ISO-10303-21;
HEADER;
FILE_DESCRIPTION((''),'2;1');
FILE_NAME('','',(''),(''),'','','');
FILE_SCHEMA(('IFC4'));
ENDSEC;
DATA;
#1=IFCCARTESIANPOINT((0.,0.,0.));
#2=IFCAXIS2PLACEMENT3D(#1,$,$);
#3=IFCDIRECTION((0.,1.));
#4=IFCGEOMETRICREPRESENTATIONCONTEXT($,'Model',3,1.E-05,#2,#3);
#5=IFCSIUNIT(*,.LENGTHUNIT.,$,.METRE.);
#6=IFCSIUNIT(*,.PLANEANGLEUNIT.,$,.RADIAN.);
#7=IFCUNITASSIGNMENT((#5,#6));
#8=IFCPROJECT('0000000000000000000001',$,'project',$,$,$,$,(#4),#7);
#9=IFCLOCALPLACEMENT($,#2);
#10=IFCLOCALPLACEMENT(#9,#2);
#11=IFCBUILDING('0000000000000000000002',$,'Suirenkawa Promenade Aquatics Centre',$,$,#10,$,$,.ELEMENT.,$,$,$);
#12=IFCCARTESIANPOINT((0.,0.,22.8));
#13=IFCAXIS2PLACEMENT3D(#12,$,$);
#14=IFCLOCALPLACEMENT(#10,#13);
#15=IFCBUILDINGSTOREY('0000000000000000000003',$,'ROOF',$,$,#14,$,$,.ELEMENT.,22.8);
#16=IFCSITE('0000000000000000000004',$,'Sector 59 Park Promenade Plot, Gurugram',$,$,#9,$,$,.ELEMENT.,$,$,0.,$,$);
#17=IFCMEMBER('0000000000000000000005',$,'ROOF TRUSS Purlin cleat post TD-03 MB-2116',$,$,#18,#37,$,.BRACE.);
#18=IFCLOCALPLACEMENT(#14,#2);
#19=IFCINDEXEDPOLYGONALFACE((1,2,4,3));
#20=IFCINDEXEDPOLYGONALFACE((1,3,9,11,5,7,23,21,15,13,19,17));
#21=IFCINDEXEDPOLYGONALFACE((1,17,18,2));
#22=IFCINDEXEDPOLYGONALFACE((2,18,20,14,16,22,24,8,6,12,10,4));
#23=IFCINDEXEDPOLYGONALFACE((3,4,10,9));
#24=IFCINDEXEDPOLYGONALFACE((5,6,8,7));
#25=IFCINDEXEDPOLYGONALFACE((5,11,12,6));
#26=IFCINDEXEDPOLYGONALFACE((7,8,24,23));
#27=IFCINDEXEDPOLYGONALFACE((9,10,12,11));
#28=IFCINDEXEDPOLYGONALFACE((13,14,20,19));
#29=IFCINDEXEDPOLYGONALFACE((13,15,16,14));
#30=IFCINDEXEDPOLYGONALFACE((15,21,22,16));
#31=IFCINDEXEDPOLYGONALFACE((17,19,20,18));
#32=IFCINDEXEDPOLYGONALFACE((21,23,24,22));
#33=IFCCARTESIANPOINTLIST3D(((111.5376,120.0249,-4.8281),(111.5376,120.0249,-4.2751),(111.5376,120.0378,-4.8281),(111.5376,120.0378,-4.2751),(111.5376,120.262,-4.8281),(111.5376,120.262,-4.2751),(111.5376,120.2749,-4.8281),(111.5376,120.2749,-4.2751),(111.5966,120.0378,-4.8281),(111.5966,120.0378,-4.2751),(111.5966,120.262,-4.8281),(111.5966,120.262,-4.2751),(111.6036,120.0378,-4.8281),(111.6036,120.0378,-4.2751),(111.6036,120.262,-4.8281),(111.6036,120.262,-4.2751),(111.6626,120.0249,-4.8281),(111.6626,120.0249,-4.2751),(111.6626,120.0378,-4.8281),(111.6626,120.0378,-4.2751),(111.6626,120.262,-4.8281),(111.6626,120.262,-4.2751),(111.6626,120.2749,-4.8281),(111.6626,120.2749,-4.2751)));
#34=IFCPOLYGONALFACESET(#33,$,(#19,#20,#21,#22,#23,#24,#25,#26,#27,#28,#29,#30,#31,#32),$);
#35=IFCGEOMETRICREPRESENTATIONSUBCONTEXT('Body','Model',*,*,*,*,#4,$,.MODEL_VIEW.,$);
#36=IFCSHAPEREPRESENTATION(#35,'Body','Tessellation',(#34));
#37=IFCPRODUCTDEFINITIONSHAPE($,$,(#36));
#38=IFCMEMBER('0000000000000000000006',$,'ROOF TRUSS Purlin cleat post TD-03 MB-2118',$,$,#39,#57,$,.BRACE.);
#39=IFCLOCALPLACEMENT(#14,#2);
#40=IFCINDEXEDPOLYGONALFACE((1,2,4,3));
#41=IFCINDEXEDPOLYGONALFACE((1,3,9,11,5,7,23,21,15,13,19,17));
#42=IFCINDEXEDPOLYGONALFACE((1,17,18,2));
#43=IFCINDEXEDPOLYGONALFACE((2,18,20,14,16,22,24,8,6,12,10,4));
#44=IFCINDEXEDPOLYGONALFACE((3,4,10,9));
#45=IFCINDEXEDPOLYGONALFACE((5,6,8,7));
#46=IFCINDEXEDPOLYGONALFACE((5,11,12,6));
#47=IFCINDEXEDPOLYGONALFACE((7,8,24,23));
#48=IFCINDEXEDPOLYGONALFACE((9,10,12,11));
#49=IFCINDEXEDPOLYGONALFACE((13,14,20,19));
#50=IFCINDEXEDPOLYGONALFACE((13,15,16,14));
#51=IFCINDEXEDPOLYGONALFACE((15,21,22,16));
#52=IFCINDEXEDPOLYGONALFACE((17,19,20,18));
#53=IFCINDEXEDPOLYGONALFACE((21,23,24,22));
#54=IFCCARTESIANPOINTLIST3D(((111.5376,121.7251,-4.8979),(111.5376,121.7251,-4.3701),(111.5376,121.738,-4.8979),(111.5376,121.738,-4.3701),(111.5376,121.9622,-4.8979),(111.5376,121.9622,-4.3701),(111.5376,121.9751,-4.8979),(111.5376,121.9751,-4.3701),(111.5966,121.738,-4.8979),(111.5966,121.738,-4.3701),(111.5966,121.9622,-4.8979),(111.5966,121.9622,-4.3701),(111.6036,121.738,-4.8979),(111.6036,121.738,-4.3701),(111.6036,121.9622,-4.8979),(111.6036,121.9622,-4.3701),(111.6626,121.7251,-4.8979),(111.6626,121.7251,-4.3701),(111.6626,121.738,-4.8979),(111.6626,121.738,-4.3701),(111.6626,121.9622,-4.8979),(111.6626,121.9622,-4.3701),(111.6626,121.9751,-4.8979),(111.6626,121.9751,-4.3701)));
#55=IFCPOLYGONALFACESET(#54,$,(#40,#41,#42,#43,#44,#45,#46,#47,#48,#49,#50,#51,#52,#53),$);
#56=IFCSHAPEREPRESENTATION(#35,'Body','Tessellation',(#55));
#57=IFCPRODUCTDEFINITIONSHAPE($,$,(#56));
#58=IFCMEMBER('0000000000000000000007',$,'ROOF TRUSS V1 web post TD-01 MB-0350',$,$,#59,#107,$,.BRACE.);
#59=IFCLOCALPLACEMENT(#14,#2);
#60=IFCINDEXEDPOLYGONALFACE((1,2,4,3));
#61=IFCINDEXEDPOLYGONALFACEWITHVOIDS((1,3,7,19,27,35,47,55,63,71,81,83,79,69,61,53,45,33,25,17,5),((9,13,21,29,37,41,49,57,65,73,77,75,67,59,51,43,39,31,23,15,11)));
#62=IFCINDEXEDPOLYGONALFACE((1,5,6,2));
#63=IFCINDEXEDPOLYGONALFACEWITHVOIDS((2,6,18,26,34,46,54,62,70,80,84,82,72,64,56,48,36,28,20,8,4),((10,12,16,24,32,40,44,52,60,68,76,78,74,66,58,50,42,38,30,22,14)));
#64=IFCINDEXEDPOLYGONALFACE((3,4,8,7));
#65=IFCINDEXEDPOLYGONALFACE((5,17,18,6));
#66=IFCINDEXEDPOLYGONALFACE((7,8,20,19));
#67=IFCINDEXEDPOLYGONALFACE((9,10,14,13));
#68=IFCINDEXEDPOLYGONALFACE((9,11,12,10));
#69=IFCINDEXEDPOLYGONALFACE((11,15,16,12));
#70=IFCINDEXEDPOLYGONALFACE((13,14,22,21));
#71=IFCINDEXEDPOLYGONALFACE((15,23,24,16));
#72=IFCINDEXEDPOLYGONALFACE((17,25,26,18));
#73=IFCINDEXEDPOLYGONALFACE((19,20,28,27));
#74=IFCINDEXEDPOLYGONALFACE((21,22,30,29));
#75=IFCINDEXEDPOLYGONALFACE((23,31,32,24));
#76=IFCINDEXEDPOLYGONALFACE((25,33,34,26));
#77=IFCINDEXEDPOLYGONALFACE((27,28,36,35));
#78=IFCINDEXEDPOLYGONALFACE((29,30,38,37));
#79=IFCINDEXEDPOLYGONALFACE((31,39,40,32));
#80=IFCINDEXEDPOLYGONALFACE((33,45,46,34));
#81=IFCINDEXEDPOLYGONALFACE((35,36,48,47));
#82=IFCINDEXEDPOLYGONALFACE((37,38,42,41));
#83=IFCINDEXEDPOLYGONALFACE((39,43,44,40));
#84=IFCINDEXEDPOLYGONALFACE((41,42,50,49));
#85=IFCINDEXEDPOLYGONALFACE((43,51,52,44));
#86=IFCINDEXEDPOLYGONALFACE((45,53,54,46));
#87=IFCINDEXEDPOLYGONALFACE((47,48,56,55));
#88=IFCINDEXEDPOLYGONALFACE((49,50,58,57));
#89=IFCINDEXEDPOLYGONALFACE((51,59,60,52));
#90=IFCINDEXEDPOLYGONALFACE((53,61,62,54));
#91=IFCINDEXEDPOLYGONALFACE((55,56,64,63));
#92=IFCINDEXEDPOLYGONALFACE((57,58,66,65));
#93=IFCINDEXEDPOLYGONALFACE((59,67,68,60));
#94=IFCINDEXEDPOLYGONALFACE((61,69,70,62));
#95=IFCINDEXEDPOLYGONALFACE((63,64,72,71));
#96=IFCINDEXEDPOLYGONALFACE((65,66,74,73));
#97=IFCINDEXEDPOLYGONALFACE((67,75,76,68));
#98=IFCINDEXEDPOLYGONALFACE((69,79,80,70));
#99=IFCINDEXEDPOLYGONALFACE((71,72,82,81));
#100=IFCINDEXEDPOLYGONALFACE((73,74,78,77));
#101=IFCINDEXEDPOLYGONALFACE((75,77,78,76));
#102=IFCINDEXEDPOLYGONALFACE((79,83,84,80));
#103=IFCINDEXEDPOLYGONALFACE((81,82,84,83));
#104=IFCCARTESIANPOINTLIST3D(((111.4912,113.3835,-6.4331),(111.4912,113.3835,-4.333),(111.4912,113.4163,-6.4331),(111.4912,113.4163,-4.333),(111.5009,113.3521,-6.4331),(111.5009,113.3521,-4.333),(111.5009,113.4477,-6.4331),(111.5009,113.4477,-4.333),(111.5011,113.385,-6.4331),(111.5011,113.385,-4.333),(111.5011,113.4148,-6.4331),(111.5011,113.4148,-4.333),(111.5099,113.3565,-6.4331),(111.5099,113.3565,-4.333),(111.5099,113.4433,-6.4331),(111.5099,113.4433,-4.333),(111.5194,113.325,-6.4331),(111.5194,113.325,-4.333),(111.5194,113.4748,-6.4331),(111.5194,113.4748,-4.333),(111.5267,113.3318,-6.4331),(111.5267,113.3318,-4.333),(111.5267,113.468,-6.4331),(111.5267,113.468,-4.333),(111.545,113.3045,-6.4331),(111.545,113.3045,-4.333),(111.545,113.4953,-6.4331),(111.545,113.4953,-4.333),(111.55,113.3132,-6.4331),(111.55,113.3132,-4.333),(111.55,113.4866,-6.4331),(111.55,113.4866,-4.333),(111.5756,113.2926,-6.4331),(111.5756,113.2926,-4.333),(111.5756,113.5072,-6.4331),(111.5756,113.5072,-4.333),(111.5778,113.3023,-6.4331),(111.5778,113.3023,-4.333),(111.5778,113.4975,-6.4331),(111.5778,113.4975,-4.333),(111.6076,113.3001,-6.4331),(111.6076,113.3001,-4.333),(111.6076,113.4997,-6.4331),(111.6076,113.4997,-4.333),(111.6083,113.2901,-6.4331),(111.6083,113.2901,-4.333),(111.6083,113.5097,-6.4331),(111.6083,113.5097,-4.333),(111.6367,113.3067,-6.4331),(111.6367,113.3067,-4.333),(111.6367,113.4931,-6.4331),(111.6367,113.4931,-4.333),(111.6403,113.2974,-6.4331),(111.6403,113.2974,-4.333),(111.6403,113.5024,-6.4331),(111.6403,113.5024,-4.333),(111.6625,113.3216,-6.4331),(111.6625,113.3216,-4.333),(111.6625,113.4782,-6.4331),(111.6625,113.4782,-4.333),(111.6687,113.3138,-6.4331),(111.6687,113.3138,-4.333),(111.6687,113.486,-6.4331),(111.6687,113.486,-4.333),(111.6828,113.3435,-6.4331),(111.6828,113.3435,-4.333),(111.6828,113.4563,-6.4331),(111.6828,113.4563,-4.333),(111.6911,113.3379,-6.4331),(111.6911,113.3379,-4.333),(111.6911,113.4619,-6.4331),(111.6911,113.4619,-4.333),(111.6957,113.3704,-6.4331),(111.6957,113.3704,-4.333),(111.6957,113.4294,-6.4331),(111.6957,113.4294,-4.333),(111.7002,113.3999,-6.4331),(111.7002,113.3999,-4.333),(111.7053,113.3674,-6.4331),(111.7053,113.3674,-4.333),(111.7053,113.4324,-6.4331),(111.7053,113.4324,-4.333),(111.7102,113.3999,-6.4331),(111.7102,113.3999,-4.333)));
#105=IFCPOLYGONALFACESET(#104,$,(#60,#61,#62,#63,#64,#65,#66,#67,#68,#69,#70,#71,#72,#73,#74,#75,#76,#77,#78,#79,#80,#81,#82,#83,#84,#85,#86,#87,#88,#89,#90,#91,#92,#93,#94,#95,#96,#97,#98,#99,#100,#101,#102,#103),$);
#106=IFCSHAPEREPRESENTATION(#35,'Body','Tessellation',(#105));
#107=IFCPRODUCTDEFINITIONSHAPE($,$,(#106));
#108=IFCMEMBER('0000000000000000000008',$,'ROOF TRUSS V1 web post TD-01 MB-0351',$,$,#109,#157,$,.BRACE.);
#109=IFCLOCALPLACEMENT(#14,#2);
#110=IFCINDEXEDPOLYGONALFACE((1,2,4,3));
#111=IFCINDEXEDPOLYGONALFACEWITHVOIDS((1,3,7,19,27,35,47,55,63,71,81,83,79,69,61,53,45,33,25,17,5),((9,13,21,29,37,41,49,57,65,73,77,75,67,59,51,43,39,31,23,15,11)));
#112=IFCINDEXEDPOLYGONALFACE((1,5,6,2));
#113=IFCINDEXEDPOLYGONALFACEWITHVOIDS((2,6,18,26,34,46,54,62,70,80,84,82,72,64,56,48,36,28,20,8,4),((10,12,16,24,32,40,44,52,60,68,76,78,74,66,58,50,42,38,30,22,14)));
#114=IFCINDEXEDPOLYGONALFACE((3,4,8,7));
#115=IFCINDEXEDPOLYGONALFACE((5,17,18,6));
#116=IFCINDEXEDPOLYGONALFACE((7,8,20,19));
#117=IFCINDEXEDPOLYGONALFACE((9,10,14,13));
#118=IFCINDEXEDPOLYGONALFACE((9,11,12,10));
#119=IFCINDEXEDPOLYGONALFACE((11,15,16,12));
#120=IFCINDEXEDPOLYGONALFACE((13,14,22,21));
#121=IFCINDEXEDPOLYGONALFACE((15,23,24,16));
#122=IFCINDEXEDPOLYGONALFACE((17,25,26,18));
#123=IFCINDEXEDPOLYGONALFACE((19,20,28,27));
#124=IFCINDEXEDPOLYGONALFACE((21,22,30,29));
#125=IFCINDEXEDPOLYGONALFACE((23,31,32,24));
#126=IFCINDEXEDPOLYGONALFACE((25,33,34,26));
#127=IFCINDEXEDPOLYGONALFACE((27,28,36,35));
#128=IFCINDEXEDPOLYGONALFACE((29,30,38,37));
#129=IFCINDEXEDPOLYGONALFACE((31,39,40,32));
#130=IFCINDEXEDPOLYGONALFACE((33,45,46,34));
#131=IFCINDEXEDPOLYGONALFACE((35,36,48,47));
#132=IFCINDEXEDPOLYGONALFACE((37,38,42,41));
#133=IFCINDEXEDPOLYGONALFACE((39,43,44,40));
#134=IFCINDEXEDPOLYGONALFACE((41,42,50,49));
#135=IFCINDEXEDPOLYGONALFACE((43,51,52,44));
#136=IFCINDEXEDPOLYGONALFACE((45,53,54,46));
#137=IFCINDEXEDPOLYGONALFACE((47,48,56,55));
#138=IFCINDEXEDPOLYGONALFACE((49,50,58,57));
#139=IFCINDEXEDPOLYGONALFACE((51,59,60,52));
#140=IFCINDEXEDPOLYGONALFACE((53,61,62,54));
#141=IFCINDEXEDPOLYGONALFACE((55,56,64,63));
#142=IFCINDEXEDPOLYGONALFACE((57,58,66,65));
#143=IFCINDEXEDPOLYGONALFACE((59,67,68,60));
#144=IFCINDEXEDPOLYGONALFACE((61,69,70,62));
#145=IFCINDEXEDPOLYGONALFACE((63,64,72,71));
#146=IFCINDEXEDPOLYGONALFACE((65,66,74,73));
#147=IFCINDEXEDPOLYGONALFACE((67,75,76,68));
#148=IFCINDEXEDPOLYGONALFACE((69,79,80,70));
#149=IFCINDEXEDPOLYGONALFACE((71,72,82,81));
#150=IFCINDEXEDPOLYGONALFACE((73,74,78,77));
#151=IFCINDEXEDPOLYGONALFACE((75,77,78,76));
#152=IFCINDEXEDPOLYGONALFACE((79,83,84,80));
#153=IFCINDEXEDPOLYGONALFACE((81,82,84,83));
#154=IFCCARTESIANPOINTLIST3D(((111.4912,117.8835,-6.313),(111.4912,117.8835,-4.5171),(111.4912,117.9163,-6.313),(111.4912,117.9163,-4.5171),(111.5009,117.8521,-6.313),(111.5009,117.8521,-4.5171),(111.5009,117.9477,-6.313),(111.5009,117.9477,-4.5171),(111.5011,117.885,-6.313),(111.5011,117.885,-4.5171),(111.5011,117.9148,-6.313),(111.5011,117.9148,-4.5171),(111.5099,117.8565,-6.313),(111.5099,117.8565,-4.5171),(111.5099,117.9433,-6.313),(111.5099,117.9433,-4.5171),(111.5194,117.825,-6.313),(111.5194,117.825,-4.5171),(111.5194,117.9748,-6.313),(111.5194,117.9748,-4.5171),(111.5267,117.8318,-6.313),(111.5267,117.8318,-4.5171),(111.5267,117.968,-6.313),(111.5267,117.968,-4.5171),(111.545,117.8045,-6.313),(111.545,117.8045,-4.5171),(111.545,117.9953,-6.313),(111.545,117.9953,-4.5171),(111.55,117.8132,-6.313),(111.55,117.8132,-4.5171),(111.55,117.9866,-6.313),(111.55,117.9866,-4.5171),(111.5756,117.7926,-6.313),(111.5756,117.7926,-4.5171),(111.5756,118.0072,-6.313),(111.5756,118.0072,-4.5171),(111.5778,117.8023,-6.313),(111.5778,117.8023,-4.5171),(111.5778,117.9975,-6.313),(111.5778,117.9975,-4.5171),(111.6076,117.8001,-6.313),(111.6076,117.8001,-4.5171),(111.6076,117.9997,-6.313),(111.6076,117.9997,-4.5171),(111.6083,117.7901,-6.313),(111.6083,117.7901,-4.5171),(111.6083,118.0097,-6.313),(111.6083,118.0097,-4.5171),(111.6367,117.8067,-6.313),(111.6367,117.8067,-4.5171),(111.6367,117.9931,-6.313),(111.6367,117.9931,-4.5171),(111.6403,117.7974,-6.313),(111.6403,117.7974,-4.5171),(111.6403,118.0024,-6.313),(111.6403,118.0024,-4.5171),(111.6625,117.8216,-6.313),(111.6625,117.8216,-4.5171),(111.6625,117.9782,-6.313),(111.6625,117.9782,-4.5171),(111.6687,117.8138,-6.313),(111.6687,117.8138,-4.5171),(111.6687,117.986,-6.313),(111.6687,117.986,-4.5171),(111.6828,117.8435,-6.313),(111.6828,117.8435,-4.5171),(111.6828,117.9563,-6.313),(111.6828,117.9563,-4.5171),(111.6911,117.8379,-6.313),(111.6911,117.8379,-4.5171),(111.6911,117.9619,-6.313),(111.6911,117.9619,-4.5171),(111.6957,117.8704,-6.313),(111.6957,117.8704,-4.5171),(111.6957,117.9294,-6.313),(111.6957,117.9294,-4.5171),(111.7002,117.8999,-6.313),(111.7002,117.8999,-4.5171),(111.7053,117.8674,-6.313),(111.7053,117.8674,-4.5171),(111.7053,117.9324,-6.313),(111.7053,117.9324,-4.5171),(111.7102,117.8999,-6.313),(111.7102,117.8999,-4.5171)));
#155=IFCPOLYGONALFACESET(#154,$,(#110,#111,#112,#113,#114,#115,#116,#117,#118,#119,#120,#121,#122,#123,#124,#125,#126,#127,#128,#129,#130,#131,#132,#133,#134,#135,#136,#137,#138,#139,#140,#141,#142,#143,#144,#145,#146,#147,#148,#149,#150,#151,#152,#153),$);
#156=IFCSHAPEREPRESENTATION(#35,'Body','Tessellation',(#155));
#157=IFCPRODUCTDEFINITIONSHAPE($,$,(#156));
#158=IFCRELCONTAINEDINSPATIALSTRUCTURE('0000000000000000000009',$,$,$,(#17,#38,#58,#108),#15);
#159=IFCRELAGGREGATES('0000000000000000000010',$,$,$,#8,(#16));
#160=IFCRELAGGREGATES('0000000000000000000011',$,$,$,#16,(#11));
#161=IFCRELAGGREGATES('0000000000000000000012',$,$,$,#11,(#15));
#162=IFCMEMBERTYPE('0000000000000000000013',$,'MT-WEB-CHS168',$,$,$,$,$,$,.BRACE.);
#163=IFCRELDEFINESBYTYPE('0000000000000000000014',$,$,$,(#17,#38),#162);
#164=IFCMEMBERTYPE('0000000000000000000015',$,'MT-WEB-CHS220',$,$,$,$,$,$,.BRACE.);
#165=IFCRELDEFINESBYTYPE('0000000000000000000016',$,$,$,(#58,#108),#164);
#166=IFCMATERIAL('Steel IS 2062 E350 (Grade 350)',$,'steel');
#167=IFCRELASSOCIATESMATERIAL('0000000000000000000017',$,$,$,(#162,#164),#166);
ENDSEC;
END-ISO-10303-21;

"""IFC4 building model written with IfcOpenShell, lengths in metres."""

from ifc_helpers import new_model, si_unit, direction, frame, origin, origin_2d, place, context, subcontext, project, spatial, hollow_circle, i_section, extrude, material, material_profile, profile_set, type_object, element, save


model = new_model("IFC4")

# Units and contexts
model_context = context("Model", 3, precision=1e-05, world=origin(), true_north=direction((0.0, 1.0)))
body_context = subcontext(model_context, "Body", "Model", "MODEL_VIEW")
ifc_project = project(units=[si_unit("LENGTHUNIT", "METRE"), si_unit("PLANEANGLEUNIT", "RADIAN")], contexts=[model_context])

# Site, building, storey
site_placement = place(None, origin())
site = spatial("IfcSite", under=ifc_project, at=site_placement, Name="Sector 59 Park Promenade Plot, Gurugram", CompositionType="ELEMENT", RefElevation=0.0)
building_placement = place(site_placement, origin())
building = spatial("IfcBuilding", under=site, at=building_placement, Name="Suirenkawa Promenade Aquatics Centre", CompositionType="ELEMENT")
storey_placement = place(building_placement, frame((0.0, 0.0, 22.8)))
storey = spatial("IfcBuildingStorey", under=building, at=storey_placement, Name="ROOF", CompositionType="ELEMENT", Elevation=22.8)

# Shared definitions
ifc_material = material(Name="Steel IS 2062 E350 (Grade 350)", Category="steel")

# Members
ifc_material_profile_1 = material_profile(ifc_material, i_section(OverallWidth=0.125, OverallDepth=0.25, WebThickness=0.0071, FlangeThickness=0.0129, at=origin_2d()), Name="ISMB 250", Category="steel")
ifc_profile_set_1 = profile_set([ifc_material_profile_1], Name="Steel IS 2062 E350 (Grade 350)")
member_type_1 = type_object("IfcMemberType", Name="MT-WEB-CHS168", PredefinedType="BRACE", material=ifc_profile_set_1)
member_1_placement = place(storey_placement, frame((111.6001, 120.1499, -4.8281), z_axis=(0.0, 0.0, 1.0), x_axis=(1.0, 0.0, 0.0)))
element("IfcMember", 1, at=member_1_placement, inside=storey, type_object=member_type_1, Name="ROOF TRUSS Purlin cleat post TD-03 MB-2116", PredefinedType="BRACE", context=body_context, shape_type="SweptSolid", body=[
    extrude(i_section(OverallWidth=0.125, OverallDepth=0.25, WebThickness=0.0071, FlangeThickness=0.0129, at=origin_2d()), origin(), (0.0, 0.0, 1.0), 0.553),
])
member_2_placement = place(storey_placement, frame((111.6001, 121.8501, -4.8979), z_axis=(0.0, 0.0, 1.0), x_axis=(1.0, 0.0, 0.0)))
element("IfcMember", 2, at=member_2_placement, inside=storey, type_object=member_type_1, Name="ROOF TRUSS Purlin cleat post TD-03 MB-2118", PredefinedType="BRACE", context=body_context, shape_type="SweptSolid", body=[
    extrude(i_section(OverallWidth=0.125, OverallDepth=0.25, WebThickness=0.0071, FlangeThickness=0.0129, at=origin_2d()), origin(), (0.0, 0.0, 1.0), 0.5278),
])
ifc_material_profile_2 = material_profile(ifc_material, hollow_circle(Radius=0.1101, WallThickness=0.01, at=origin_2d()), Name="CHS 220x10", Category="steel")
ifc_profile_set_2 = profile_set([ifc_material_profile_2], Name="Steel IS 2062 E350 (Grade 350)")
member_type_2 = type_object("IfcMemberType", Name="MT-WEB-CHS220", PredefinedType="BRACE", material=ifc_profile_set_2)
member_3_placement = place(storey_placement, frame((111.6001, 113.3999, -6.4331), z_axis=(0.0, 0.0, 1.0), x_axis=(1.0, 0.0, 0.0)))
element("IfcMember", 3, at=member_3_placement, inside=storey, type_object=member_type_2, Name="ROOF TRUSS V1 web post TD-01 MB-0350", PredefinedType="BRACE", context=body_context, shape_type="SweptSolid", body=[
    extrude(hollow_circle(Radius=0.1101, WallThickness=0.01, at=origin_2d()), origin(), (0.0, 0.0, 1.0), 2.1001),
])
member_4_placement = place(storey_placement, frame((111.6001, 117.8999, -6.313), z_axis=(0.0, 0.0, 1.0), x_axis=(1.0, 0.0, 0.0)))
element("IfcMember", 4, at=member_4_placement, inside=storey, type_object=member_type_2, Name="ROOF TRUSS V1 web post TD-01 MB-0351", PredefinedType="BRACE", context=body_context, shape_type="SweptSolid", body=[
    extrude(hollow_circle(Radius=0.1101, WallThickness=0.01, at=origin_2d()), origin(), (0.0, 0.0, 1.0), 1.7959),
])

save(model, "model.ifc")
